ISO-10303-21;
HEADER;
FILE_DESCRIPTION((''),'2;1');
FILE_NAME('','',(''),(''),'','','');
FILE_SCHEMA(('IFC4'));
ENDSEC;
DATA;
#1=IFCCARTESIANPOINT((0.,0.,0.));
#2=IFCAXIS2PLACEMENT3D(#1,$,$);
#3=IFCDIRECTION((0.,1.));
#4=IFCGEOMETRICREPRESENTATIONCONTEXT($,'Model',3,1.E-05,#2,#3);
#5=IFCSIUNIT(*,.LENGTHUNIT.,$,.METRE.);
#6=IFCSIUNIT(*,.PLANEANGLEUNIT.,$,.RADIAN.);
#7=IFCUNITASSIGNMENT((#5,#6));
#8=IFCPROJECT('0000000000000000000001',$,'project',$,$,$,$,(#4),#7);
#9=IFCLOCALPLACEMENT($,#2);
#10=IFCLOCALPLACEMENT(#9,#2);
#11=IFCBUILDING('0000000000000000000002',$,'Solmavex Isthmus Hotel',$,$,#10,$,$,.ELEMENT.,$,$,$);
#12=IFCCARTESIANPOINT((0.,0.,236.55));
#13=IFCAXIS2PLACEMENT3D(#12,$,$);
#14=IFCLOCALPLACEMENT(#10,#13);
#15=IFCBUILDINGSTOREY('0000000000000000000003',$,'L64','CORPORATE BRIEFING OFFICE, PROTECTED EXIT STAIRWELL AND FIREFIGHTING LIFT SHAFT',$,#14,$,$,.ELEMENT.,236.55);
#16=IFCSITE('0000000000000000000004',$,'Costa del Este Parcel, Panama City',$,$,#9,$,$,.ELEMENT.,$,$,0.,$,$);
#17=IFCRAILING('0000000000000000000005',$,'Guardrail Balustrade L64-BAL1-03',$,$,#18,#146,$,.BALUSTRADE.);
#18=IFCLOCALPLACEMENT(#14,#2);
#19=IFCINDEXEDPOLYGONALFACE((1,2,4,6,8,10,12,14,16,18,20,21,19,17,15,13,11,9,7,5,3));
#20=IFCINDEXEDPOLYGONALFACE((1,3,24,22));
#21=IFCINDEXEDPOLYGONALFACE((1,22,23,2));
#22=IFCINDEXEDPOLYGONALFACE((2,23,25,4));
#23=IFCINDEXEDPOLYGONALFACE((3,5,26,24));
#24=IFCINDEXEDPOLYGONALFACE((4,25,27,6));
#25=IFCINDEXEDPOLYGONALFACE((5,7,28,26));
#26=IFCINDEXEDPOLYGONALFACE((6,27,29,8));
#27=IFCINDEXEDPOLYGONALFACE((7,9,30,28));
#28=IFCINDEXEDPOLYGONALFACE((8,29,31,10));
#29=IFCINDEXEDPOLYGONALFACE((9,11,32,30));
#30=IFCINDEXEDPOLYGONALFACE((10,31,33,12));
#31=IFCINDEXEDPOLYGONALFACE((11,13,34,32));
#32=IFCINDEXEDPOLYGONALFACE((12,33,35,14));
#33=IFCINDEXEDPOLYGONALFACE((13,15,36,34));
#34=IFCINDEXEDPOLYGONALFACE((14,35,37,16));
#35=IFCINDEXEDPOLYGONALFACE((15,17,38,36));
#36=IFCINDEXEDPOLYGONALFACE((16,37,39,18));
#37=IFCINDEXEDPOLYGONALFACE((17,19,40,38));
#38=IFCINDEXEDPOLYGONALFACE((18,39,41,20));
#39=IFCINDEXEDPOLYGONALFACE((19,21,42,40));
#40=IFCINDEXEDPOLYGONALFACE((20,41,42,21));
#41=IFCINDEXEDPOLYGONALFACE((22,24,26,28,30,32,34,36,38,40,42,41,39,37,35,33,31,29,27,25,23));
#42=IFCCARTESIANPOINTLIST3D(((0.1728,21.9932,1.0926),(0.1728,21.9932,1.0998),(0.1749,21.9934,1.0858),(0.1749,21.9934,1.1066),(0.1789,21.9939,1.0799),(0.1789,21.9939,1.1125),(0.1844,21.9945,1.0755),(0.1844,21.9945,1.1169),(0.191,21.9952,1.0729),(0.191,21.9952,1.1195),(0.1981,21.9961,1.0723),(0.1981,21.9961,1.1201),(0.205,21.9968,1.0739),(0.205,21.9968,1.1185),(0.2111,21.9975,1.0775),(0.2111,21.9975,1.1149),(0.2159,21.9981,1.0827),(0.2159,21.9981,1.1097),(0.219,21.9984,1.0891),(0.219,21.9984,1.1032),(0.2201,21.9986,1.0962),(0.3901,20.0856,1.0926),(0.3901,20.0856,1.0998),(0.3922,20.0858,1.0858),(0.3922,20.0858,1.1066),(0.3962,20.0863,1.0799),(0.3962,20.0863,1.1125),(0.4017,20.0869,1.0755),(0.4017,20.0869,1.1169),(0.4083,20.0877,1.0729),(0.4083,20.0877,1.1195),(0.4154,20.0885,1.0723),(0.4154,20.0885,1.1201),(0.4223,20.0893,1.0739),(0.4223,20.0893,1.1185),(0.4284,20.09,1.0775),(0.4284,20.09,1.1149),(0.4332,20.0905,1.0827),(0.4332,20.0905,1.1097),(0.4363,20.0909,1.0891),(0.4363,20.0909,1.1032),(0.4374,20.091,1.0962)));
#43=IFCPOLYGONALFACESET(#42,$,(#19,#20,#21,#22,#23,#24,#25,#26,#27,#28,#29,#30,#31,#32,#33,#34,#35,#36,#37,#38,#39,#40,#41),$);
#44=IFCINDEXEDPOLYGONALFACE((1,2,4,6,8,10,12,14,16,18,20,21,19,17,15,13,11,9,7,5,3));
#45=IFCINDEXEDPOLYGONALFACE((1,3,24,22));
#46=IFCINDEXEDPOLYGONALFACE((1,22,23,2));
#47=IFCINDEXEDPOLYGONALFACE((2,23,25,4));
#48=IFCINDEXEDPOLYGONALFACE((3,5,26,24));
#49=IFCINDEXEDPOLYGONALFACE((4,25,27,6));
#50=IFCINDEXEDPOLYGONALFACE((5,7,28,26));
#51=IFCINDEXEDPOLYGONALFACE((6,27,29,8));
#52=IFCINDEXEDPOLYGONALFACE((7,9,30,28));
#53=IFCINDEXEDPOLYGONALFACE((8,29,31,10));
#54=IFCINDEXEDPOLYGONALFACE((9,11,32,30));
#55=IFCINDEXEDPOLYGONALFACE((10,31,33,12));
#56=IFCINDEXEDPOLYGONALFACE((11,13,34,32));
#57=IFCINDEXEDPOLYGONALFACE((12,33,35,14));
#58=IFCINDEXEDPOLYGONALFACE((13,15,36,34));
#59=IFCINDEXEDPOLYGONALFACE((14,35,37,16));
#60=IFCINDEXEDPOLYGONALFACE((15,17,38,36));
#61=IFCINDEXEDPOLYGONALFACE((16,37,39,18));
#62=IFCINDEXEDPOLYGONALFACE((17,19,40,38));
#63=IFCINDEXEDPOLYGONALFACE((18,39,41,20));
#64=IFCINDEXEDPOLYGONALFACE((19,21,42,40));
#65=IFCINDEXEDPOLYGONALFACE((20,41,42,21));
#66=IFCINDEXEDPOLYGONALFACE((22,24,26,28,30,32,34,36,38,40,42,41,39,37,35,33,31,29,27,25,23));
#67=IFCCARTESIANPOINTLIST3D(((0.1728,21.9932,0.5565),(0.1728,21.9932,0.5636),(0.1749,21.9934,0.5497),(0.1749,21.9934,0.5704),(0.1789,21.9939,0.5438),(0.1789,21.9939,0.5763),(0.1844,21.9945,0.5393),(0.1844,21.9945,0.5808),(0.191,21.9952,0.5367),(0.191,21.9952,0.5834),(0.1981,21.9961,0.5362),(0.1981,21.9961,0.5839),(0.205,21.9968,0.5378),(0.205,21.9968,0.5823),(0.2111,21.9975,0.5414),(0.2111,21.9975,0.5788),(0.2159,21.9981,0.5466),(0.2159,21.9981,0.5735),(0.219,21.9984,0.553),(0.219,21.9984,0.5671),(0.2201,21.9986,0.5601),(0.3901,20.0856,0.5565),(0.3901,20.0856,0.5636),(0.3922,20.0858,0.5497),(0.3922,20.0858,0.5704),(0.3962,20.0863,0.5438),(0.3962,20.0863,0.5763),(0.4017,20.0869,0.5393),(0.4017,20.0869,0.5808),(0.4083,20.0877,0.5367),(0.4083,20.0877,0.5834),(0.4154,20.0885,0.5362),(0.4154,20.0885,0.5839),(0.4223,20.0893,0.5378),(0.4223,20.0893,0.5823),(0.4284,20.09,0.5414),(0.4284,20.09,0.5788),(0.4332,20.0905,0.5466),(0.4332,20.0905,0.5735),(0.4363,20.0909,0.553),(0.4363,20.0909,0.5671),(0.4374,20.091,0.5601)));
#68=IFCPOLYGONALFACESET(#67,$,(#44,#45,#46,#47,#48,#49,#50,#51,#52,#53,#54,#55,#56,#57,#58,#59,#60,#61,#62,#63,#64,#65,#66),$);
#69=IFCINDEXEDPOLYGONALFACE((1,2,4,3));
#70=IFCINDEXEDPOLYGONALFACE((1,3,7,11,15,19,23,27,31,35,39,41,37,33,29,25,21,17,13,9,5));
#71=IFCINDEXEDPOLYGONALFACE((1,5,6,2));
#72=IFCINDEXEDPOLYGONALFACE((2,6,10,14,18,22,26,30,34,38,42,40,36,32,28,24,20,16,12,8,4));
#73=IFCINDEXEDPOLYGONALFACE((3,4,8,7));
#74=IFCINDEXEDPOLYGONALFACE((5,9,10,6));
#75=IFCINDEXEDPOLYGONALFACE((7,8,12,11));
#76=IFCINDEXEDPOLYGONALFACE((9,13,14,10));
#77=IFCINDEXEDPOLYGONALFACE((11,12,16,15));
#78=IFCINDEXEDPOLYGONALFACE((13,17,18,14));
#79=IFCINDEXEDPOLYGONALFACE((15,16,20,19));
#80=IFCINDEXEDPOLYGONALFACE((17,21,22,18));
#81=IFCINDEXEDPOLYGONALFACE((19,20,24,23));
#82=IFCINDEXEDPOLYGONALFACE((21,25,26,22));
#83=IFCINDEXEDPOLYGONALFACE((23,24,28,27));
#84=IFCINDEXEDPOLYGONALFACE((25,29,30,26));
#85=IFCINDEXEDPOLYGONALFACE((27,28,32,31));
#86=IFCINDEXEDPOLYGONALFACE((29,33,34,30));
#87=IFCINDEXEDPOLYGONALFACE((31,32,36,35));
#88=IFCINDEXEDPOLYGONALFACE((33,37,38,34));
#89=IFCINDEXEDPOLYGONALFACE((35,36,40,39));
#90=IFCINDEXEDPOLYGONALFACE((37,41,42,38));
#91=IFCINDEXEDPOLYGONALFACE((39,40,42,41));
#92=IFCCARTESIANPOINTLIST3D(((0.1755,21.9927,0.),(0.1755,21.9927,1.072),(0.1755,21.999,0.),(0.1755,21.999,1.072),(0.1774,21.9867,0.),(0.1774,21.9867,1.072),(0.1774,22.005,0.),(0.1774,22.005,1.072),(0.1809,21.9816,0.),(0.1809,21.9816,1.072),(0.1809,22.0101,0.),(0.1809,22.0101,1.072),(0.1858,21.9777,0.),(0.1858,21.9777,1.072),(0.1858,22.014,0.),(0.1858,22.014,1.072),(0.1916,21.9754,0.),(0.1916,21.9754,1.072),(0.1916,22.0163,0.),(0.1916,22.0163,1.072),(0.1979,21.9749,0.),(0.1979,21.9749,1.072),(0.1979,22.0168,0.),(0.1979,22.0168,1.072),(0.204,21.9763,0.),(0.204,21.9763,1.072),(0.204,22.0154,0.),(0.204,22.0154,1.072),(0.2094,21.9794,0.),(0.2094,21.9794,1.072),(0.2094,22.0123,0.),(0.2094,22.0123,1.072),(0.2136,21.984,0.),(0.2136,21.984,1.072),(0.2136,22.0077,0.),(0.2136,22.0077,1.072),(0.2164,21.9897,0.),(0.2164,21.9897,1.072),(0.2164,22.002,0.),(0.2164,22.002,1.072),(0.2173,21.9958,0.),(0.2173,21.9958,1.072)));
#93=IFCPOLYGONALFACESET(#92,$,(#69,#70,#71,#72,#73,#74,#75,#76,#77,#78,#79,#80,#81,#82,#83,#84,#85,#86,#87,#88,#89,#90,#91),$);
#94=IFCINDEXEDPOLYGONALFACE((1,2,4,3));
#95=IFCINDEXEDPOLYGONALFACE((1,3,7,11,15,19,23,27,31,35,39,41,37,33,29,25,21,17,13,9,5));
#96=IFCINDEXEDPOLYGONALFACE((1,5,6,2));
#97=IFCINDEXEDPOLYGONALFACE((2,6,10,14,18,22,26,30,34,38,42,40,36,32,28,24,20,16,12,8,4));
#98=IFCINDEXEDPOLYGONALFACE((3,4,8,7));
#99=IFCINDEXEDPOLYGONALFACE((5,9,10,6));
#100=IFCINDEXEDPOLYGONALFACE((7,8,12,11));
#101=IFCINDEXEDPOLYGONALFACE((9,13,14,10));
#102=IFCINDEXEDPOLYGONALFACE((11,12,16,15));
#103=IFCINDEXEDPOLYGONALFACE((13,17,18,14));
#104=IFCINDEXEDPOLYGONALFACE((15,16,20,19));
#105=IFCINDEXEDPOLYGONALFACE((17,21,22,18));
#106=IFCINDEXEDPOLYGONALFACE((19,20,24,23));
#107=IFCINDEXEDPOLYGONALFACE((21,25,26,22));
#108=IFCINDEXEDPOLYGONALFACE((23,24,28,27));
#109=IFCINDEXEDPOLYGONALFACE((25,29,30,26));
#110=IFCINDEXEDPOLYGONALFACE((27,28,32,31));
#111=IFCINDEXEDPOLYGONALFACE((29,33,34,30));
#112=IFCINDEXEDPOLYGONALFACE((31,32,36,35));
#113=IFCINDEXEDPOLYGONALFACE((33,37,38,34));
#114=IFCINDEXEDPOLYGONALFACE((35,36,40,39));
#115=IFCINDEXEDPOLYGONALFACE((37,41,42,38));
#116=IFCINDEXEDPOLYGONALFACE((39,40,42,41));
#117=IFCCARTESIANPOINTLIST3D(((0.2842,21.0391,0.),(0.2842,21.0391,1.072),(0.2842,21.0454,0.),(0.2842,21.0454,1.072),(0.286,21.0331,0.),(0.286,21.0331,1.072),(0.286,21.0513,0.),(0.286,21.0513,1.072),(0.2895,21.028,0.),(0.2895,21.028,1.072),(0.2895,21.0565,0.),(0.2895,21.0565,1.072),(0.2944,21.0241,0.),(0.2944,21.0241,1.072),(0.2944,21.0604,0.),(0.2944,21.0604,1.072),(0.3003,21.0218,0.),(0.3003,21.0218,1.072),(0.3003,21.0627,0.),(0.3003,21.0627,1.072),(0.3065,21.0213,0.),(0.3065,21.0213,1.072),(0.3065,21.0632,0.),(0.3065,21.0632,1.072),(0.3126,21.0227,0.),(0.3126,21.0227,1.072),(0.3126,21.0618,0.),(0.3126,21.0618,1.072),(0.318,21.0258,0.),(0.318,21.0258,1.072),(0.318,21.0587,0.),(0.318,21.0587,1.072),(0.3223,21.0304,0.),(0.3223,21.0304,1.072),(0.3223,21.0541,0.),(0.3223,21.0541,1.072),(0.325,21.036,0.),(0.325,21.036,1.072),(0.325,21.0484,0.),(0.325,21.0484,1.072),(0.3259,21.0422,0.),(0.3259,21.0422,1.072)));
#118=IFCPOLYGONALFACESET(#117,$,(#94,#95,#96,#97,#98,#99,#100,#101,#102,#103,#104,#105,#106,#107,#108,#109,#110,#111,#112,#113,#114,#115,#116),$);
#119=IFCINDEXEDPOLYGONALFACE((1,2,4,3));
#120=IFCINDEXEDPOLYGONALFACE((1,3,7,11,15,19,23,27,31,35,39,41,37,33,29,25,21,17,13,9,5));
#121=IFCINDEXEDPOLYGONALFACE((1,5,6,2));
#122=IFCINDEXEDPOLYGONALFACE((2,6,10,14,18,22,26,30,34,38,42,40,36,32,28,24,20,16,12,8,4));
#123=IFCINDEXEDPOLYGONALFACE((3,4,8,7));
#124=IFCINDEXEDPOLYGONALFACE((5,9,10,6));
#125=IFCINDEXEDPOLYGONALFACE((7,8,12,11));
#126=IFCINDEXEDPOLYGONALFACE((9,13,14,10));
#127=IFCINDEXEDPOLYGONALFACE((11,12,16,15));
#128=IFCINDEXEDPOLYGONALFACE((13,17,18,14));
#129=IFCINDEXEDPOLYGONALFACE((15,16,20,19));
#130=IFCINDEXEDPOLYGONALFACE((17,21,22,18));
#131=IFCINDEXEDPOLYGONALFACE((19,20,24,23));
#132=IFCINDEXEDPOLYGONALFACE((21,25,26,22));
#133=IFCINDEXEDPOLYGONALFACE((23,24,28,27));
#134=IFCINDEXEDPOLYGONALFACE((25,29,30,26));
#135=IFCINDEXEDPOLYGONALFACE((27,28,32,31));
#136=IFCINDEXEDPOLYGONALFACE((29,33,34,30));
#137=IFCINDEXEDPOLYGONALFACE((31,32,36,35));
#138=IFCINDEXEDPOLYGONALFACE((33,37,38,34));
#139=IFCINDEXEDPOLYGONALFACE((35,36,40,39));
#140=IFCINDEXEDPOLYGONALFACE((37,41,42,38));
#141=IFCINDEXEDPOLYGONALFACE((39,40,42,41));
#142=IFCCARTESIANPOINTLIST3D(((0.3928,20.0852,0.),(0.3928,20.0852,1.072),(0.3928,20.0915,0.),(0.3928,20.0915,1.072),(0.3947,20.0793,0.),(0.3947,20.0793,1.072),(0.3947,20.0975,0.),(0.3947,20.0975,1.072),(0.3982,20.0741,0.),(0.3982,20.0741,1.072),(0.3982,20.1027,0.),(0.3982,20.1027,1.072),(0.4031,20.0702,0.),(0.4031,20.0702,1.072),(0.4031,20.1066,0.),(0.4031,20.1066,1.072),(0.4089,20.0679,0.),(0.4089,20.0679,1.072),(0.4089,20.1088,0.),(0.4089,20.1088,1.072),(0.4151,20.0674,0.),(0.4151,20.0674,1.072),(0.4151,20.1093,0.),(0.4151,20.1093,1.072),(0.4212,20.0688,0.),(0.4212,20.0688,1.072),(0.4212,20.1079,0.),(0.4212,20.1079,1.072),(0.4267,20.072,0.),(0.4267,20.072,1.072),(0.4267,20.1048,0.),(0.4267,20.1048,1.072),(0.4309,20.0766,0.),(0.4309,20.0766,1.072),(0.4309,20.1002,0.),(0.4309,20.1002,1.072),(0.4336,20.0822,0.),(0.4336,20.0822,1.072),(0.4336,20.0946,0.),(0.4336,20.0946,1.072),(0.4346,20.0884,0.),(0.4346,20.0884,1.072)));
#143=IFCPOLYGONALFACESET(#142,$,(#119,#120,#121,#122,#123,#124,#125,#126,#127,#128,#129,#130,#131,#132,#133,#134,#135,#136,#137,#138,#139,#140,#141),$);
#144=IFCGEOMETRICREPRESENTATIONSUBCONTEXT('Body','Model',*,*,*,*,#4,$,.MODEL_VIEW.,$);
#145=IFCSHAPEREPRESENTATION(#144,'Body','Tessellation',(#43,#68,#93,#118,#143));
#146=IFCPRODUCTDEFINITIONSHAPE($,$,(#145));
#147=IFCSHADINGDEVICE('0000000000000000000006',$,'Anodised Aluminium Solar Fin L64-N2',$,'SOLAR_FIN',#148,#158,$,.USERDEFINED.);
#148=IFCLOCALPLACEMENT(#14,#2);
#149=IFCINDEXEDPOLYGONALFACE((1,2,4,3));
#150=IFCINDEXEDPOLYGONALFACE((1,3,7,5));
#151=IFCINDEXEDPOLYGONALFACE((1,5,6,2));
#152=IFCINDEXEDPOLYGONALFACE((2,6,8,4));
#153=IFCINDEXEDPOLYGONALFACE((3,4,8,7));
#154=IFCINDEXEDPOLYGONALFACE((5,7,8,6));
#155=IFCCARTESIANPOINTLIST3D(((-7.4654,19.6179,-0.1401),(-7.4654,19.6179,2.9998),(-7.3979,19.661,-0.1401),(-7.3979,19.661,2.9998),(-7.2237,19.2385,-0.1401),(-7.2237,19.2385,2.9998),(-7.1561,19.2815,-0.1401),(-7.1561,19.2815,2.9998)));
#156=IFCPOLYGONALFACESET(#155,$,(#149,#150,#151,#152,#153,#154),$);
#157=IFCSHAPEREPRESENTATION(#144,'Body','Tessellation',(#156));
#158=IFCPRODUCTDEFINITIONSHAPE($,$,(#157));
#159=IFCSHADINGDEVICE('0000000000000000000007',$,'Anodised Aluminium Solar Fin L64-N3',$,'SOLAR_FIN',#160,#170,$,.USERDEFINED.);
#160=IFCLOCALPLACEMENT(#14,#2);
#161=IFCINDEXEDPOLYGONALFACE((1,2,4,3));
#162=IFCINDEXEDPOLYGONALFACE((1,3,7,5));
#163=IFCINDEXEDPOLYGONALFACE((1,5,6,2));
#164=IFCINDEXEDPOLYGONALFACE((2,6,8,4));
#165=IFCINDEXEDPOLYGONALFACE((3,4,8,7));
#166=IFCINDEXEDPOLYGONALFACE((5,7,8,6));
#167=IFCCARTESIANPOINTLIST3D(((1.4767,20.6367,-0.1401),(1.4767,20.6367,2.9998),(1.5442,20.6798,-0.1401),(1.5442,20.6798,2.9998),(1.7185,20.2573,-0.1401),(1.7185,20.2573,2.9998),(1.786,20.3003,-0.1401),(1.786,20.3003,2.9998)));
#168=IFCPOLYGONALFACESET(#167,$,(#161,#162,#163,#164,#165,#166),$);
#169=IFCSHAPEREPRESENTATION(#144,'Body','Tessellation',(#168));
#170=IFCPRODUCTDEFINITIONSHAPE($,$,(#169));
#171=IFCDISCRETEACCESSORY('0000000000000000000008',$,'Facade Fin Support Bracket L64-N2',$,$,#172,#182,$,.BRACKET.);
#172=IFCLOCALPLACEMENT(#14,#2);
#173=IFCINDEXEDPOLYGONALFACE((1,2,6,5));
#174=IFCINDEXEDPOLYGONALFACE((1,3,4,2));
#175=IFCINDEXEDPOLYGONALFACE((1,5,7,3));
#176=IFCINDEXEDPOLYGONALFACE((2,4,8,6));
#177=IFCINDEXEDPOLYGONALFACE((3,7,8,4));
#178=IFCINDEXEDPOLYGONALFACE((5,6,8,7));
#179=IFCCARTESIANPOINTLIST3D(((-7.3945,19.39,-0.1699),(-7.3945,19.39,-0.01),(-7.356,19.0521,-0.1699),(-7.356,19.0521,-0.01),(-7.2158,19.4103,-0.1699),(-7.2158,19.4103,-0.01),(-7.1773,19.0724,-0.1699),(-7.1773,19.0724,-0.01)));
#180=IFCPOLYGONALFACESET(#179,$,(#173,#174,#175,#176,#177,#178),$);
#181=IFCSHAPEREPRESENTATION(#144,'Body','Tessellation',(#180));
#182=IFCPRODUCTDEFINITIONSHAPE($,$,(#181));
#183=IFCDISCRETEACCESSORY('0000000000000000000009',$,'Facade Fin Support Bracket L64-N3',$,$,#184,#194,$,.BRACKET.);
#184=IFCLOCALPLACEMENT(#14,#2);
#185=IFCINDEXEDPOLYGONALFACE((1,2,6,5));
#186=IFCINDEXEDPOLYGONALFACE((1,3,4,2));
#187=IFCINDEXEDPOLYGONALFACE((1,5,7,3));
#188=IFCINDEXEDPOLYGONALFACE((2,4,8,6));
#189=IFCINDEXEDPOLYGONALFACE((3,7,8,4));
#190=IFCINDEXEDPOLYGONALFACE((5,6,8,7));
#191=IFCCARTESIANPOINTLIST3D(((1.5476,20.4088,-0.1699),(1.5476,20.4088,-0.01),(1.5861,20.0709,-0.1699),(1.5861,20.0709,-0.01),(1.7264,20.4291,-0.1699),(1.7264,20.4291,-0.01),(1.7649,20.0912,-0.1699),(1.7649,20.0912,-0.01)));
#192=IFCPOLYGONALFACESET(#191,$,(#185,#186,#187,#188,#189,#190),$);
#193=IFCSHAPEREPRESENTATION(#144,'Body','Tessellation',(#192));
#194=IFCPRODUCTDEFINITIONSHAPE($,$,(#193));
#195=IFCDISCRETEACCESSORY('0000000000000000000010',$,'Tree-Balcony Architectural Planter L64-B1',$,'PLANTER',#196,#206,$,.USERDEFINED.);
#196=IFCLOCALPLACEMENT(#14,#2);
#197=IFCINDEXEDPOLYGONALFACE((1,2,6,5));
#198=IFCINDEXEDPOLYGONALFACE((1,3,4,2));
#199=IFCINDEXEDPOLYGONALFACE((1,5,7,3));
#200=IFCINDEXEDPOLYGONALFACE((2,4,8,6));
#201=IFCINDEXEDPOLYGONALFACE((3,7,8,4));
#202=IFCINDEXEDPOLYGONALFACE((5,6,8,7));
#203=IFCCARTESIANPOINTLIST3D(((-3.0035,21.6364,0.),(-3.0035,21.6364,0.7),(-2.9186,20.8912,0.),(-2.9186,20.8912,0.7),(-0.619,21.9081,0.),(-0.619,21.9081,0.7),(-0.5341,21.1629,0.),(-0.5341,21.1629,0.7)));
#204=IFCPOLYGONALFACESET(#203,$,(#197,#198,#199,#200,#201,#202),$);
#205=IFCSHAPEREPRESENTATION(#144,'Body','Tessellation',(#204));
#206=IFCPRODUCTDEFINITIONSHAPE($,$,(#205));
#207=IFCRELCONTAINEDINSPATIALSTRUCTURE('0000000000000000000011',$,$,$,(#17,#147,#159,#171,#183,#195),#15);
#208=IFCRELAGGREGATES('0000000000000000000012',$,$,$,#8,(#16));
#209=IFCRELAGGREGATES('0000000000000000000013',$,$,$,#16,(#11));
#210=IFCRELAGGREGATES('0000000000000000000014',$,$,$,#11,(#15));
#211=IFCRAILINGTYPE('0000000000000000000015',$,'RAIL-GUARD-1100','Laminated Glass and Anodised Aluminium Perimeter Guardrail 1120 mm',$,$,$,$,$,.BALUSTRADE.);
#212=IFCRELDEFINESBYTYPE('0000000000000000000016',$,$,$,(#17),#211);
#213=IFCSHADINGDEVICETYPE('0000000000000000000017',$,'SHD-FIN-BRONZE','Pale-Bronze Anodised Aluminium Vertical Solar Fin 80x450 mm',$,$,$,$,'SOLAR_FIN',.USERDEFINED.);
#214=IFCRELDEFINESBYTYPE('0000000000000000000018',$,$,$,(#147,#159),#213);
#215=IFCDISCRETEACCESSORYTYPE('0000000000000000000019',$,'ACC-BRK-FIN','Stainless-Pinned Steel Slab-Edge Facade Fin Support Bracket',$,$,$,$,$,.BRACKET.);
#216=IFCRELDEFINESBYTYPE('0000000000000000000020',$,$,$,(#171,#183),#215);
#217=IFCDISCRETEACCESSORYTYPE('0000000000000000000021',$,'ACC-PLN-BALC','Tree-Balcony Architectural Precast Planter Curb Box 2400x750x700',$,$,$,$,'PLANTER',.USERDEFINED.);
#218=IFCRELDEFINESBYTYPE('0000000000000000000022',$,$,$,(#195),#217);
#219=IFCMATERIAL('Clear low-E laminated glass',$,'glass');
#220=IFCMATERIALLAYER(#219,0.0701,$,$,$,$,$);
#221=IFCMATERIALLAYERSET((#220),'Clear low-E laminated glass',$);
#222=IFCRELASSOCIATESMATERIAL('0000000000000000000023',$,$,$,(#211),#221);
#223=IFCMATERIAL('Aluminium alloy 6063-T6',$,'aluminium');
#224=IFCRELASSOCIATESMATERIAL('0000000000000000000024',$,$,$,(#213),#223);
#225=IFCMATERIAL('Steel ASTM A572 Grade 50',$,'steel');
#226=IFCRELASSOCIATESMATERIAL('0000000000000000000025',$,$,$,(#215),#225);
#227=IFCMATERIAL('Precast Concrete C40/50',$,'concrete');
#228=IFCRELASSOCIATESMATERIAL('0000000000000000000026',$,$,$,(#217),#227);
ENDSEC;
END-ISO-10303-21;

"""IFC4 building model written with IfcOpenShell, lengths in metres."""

from ifc_helpers import new_model, si_unit, direction, frame, origin, origin_2d, place, context, subcontext, project, spatial, rectangle, circle, extrude, material, layer, layer_set, type_object, element, save


model = new_model("IFC4")

# Units and contexts
model_context = context("Model", 3, precision=1e-05, world=origin(), true_north=direction((0.0, 1.0)))
body_context = subcontext(model_context, "Body", "Model", "MODEL_VIEW")
ifc_project = project(units=[si_unit("LENGTHUNIT", "METRE"), si_unit("PLANEANGLEUNIT", "RADIAN")], contexts=[model_context])

# Site, building, storey
site_placement = place(None, origin())
site = spatial("IfcSite", under=ifc_project, at=site_placement, Name="Costa del Este Parcel, Panama City", CompositionType="ELEMENT", RefElevation=0.0)
building_placement = place(site_placement, origin())
building = spatial("IfcBuilding", under=site, at=building_placement, Name="Solmavex Isthmus Hotel", CompositionType="ELEMENT")
storey_placement = place(building_placement, frame((0.0, 0.0, 236.55)))
storey = spatial("IfcBuildingStorey", under=building, at=storey_placement, Name="L64", Description="CORPORATE BRIEFING OFFICE, PROTECTED EXIT STAIRWELL AND FIREFIGHTING LIFT SHAFT", CompositionType="ELEMENT", Elevation=236.55)

# Shared definitions
ifc_material_1 = material(Name="Aluminium alloy 6063-T6", Category="aluminium")

# Shared definitions
ifc_material_2 = material(Name="Clear low-E laminated glass", Category="glass")

# Shared definitions
ifc_material_3 = material(Name="Precast Concrete C40/50", Category="concrete")

# Railing
ifc_layer_1 = layer(ifc_material_2, 0.0701)
ifc_layer_set_1 = layer_set([ifc_layer_1], Name="Clear low-E laminated glass")
railing_type = type_object("IfcRailingType", Name="RAIL-GUARD-1100", Description="Laminated Glass and Anodised Aluminium Perimeter Guardrail 1120 mm", PredefinedType="BALUSTRADE", material=ifc_layer_set_1)
railing_1_placement = place(storey_placement, frame((0.1963, 21.9958, 0.0)))
element("IfcRailing", 1, at=railing_1_placement, inside=storey, type_object=railing_type, Name="Guardrail Balustrade L64-BAL1-03", PredefinedType="BALUSTRADE", context=body_context, shape_type="SweptSolid", body=[
    extrude(circle(Radius=0.0239, at=origin_2d()), frame((0.0, 0.0, 1.0962), z_axis=(0.113181, -0.993574, 0.0), x_axis=(0.993574, 0.113181, 0.0)), (0.0, 0.0, 1.0), 1.9199),
    extrude(circle(Radius=0.0239, at=origin_2d()), frame((0.0, 0.0, 0.5601), z_axis=(0.113181, -0.993574, 0.0), x_axis=(0.993574, 0.113181, 0.0)), (0.0, 0.0, 1.0), 1.9199),
    extrude(circle(Radius=0.021, at=origin_2d()), origin(), (0.0, 0.0, 1.0), 1.072),
    extrude(circle(Radius=0.021, at=origin_2d()), frame((0.1086, -0.9536, 0.0)), (0.0, 0.0, 1.0), 1.072),
    extrude(circle(Radius=0.021, at=origin_2d()), frame((0.2173, -1.9075, 0.0)), (0.0, 0.0, 1.0), 1.072),
])

# Shading devices
shading_device_type = type_object("IfcShadingDeviceType", Name="SHD-FIN-BRONZE", Description="Pale-Bronze Anodised Aluminium Vertical Solar Fin 80x450 mm", ElementType="SOLAR_FIN", PredefinedType="USERDEFINED", material=ifc_material_1)
for number, where, z_axis, x_axis, name in (
    (2, (-7.3108, 19.4497, -0.1401), (0.0, 0.0, 1.0), (-0.5373, 0.843391, 0.0), "Anodised Aluminium Solar Fin L64-N2"),
    (3, (1.6313, 20.4685, -0.1401), (0.0, 0.0, 1.0), (-0.5373, 0.843391, 0.0), "Anodised Aluminium Solar Fin L64-N3"),
):
    element("IfcShadingDevice", number, at=place(storey_placement, frame(where, z_axis=z_axis, x_axis=x_axis)), inside=storey, type_object=shading_device_type, Name=name, ObjectType="SOLAR_FIN", PredefinedType="USERDEFINED", context=body_context, shape_type="SweptSolid", body=[
        extrude(rectangle(XDim=0.45, YDim=0.0801, at=origin_2d()), origin(), (0.0, 0.0, 1.0), 3.1399),
    ])

# Discrete accessories
ifc_material_4 = material(Name="Steel ASTM A572 Grade 50", Category="steel")
discrete_accessory_type_1 = type_object("IfcDiscreteAccessoryType", Name="ACC-BRK-FIN", Description="Stainless-Pinned Steel Slab-Edge Facade Fin Support Bracket", PredefinedType="BRACKET", material=ifc_material_4)
for number, where, z_axis, x_axis, name in (
    (4, (-7.2859, 19.2312, -0.1699), (0.0, 0.0, 1.0), (-0.113203, 0.993572, 0.0), "Facade Fin Support Bracket L64-N2"),
    (5, (1.6562, 20.25, -0.1699), (0.0, 0.0, 1.0), (-0.113203, 0.993572, 0.0), "Facade Fin Support Bracket L64-N3"),
):
    element("IfcDiscreteAccessory", number, at=place(storey_placement, frame(where, z_axis=z_axis, x_axis=x_axis)), inside=storey, type_object=discrete_accessory_type_1, Name=name, PredefinedType="BRACKET", context=body_context, shape_type="SweptSolid", body=[
        extrude(rectangle(XDim=0.3401, YDim=0.1799, at=origin_2d()), origin(), (0.0, 0.0, 1.0), 0.1599),
    ])
discrete_accessory_type_2 = type_object("IfcDiscreteAccessoryType", Name="ACC-PLN-BALC", Description="Tree-Balcony Architectural Precast Planter Curb Box 2400x750x700", ElementType="PLANTER", PredefinedType="USERDEFINED", material=ifc_material_3)
discrete_accessory_placement = place(storey_placement, frame((-1.7688, 21.3997, 0.0), z_axis=(0.0, 0.0, 1.0), x_axis=(0.993572, 0.113203, 0.0)))
element("IfcDiscreteAccessory", 6, at=discrete_accessory_placement, inside=storey, type_object=discrete_accessory_type_2, Name="Tree-Balcony Architectural Planter L64-B1", ObjectType="PLANTER", PredefinedType="USERDEFINED", context=body_context, shape_type="SweptSolid", body=[
    extrude(rectangle(XDim=2.3999, YDim=0.75, at=origin_2d()), origin(), (0.0, 0.0, 1.0), 0.7),
])

save(model, "model.ifc")
